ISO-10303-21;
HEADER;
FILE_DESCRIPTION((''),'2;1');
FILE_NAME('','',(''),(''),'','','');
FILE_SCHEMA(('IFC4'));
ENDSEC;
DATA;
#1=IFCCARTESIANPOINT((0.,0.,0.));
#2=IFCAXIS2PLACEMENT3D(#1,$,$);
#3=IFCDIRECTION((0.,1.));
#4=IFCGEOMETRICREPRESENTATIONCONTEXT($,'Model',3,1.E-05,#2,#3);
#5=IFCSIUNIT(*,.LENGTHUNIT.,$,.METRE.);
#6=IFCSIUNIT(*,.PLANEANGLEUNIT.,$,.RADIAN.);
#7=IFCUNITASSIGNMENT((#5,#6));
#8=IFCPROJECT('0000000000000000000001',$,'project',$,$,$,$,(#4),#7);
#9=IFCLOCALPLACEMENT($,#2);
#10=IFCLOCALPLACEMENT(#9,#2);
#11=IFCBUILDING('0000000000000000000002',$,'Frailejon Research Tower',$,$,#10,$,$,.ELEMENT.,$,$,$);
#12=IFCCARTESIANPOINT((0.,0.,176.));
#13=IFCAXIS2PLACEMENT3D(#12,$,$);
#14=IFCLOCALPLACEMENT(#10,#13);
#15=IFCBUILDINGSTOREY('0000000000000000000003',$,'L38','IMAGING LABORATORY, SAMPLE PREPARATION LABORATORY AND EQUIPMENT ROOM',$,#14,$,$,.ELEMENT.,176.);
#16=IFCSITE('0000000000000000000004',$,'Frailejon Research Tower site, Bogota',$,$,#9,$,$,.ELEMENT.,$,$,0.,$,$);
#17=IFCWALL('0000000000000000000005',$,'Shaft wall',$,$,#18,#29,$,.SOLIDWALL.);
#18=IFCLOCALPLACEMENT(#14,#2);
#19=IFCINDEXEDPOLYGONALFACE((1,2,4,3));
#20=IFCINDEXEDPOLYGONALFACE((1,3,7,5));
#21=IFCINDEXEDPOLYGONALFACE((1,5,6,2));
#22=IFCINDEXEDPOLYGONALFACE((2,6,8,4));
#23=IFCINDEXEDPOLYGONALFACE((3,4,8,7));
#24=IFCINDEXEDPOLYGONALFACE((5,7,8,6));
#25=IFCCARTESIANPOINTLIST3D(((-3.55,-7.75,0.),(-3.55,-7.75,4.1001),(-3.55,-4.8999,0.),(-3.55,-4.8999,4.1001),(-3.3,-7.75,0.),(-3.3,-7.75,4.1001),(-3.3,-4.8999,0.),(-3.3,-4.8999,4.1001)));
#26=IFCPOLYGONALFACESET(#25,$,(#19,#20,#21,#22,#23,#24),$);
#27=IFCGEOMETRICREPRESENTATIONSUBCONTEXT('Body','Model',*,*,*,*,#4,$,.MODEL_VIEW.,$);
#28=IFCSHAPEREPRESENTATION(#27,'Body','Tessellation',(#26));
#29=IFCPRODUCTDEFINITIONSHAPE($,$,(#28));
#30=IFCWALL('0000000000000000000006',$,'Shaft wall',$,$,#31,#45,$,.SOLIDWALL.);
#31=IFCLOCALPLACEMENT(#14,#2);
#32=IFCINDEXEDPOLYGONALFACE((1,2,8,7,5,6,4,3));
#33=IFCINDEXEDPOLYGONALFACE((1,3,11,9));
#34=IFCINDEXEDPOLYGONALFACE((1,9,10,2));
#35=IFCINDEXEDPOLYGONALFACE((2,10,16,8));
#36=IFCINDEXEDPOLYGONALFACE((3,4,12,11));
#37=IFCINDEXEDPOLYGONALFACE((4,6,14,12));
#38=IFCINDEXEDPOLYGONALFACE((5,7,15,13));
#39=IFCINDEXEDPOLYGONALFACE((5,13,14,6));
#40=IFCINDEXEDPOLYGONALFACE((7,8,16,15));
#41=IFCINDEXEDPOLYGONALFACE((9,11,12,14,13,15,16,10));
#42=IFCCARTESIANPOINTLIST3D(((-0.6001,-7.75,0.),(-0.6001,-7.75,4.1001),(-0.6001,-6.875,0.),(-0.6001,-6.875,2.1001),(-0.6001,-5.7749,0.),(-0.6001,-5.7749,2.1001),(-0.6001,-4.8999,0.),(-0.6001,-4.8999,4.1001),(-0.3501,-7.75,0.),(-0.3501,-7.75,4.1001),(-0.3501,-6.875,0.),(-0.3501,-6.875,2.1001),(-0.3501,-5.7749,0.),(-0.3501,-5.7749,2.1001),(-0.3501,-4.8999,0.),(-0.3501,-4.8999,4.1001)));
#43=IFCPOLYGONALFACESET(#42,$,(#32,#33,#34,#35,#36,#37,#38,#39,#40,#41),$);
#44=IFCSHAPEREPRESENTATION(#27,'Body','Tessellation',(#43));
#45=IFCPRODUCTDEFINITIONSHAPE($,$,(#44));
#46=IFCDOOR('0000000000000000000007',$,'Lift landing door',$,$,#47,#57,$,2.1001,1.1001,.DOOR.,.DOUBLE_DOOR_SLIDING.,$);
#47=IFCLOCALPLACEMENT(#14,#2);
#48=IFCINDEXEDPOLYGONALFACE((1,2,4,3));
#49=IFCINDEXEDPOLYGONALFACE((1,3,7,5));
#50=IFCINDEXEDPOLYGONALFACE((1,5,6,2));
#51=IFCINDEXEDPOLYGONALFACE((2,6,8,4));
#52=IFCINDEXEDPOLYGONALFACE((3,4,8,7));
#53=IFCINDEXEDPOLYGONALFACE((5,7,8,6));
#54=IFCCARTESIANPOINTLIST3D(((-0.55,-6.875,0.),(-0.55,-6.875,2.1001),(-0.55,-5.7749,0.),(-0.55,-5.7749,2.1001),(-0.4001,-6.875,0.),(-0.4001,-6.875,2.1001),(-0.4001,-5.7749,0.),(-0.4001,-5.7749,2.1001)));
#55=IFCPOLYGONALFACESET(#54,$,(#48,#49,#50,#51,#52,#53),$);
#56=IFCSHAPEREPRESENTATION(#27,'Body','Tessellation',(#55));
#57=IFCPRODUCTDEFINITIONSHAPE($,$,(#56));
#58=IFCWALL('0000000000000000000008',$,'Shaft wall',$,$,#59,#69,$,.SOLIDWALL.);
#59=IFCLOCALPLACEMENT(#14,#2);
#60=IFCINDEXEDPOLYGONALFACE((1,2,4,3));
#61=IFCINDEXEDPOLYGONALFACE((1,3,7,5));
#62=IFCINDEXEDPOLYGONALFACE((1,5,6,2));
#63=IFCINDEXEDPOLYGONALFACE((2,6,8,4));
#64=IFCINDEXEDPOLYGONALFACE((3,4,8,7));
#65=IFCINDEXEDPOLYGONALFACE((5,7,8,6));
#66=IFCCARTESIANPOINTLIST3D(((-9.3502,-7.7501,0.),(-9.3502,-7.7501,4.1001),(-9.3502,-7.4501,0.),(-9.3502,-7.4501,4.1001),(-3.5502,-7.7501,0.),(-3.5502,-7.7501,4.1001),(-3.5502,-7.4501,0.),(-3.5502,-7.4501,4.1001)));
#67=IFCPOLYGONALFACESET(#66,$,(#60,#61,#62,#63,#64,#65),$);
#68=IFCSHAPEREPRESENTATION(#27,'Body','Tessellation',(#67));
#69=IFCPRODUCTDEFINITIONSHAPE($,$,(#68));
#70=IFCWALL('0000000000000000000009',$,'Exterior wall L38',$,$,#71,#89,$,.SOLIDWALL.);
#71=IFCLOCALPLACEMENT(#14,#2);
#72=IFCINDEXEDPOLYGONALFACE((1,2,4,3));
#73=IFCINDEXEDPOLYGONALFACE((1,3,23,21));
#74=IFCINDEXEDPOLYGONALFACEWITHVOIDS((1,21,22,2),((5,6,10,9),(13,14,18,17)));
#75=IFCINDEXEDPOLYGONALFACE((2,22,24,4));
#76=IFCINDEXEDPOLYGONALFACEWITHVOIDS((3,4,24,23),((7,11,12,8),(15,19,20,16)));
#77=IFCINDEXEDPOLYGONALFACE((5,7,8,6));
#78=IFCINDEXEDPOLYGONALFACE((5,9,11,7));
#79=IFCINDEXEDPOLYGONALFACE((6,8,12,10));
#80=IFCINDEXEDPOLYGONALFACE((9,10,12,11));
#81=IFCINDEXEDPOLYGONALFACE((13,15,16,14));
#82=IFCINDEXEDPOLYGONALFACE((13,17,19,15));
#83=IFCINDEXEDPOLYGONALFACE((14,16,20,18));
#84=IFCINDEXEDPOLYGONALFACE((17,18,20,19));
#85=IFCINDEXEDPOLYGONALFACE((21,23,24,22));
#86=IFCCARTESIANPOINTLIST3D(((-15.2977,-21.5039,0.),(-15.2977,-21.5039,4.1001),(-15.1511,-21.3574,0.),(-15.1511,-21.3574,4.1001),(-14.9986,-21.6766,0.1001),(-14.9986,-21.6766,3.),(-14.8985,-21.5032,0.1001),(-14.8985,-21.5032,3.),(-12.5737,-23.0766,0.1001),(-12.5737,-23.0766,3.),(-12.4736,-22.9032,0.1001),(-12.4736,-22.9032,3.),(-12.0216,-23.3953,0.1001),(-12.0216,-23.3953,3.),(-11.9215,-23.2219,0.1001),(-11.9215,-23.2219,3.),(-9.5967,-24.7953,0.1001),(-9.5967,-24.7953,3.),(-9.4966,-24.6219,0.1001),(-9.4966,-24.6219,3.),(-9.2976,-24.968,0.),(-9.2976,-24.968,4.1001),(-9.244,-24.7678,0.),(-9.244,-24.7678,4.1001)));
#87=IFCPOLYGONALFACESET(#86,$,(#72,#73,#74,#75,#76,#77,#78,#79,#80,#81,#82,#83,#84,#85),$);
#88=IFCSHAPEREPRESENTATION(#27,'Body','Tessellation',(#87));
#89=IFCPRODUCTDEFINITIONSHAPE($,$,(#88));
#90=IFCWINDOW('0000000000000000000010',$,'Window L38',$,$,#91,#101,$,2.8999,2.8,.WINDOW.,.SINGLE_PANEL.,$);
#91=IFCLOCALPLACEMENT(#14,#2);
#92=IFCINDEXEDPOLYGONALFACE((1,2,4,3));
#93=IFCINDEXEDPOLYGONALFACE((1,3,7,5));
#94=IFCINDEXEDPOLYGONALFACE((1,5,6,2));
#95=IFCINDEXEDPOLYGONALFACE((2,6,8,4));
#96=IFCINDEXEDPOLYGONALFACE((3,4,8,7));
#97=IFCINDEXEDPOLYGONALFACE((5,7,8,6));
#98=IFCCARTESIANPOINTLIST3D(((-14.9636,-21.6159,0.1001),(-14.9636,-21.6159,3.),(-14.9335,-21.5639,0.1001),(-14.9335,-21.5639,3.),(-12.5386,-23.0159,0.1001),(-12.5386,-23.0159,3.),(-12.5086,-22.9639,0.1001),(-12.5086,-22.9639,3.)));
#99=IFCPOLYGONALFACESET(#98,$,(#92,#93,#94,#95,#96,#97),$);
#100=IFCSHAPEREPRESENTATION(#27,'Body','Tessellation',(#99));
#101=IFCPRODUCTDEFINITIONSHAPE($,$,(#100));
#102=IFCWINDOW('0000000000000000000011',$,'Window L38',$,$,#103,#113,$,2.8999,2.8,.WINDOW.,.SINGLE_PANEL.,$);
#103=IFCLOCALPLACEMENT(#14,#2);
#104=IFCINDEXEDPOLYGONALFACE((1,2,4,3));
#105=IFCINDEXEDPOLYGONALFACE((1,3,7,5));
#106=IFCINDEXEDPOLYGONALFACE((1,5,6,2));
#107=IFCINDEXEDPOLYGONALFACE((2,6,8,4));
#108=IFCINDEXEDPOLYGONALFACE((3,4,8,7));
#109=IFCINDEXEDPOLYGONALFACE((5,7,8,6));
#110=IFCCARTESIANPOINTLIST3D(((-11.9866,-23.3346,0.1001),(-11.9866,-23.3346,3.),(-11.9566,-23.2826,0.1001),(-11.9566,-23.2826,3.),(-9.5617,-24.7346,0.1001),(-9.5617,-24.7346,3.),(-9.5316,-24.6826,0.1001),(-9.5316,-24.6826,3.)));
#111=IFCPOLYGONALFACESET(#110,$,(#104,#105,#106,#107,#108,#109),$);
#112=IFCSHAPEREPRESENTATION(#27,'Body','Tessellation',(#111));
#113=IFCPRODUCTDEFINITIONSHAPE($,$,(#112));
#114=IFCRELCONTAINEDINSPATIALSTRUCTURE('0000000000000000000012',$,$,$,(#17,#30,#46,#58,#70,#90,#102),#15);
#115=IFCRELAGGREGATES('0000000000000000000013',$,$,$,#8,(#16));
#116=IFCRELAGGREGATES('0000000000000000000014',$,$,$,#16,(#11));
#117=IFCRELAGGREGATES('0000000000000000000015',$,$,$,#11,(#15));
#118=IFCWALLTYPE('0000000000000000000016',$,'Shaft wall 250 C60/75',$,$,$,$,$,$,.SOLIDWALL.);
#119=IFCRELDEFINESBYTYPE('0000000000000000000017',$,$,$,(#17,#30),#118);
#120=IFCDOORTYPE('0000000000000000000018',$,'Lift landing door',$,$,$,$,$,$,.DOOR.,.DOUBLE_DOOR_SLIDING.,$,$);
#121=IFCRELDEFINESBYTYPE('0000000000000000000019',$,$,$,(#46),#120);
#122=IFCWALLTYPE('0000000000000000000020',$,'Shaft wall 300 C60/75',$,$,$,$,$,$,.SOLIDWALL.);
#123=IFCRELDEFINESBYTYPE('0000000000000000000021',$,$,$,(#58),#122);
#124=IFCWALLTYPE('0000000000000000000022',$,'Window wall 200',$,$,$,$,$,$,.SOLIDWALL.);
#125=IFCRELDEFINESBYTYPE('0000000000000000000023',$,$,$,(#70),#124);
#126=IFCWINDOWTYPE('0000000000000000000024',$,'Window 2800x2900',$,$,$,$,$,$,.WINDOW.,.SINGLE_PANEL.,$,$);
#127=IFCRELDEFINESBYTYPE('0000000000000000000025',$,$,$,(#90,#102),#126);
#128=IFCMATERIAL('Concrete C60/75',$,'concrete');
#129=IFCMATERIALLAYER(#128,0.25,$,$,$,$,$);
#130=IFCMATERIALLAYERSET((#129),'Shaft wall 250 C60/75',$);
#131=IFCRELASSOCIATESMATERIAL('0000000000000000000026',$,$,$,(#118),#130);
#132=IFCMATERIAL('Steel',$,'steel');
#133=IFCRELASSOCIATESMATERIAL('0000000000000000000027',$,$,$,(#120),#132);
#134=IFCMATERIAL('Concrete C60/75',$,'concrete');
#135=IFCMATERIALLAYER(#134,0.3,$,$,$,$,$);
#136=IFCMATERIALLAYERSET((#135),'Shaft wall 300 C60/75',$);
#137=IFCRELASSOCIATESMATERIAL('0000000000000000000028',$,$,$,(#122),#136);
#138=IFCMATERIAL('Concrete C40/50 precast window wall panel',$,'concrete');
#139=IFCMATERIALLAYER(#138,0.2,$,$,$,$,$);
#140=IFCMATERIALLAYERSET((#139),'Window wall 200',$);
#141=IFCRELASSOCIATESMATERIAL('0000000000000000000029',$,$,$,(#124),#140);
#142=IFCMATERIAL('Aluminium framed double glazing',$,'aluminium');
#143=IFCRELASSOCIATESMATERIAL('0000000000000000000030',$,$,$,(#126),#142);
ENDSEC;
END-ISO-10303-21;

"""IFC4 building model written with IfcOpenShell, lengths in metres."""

from ifc_helpers import new_model, si_unit, direction, frame, frame_2d, origin, place, context, subcontext, project, spatial, polyline, rectangle, outline, extrude, material, layer, layer_set, type_object, element, fill, save


model = new_model("IFC4")

# Units and contexts
model_context = context("Model", 3, precision=1e-05, world=origin(), true_north=direction((0.0, 1.0)))
body_context = subcontext(model_context, "Body", "Model", "MODEL_VIEW")
ifc_project = project(units=[si_unit("LENGTHUNIT", "METRE"), si_unit("PLANEANGLEUNIT", "RADIAN")], contexts=[model_context])

# Site, building, storey
site_placement = place(None, origin())
site = spatial("IfcSite", under=ifc_project, at=site_placement, Name="Frailejon Research Tower site, Bogota", CompositionType="ELEMENT", RefElevation=0.0)
building_placement = place(site_placement, origin())
building = spatial("IfcBuilding", under=site, at=building_placement, Name="Frailejon Research Tower", CompositionType="ELEMENT")
storey_placement = place(building_placement, frame((0.0, 0.0, 176.0)))
storey = spatial("IfcBuildingStorey", under=building, at=storey_placement, Name="L38", Description="IMAGING LABORATORY, SAMPLE PREPARATION LABORATORY AND EQUIPMENT ROOM", CompositionType="ELEMENT", Elevation=176.0)

# Wall
ifc_material_1 = material(Name="Concrete C60/75", Category="concrete")
ifc_layer_1 = layer(ifc_material_1, 0.25)
ifc_layer_set_1 = layer_set([ifc_layer_1], Name="Shaft wall 250 C60/75")
wall_type_1 = type_object("IfcWallType", Name="Shaft wall 250 C60/75", PredefinedType="SOLIDWALL", material=ifc_layer_set_1)
wall_1_placement = place(storey_placement, frame((-3.425, -7.75, 0.0), z_axis=(0.0, 0.0, 1.0), x_axis=(0.0, 1.0, 0.0)))
element("IfcWall", 1, at=wall_1_placement, inside=storey, type_object=wall_type_1, Name="Shaft wall", PredefinedType="SOLIDWALL", context=body_context, shape_type="SweptSolid", body=[
    extrude(rectangle(XDim=2.8501, YDim=0.25, at=frame_2d((1.425, 0.0))), origin(), (0.0, 0.0, 1.0), 4.1001),
])

# Wall, opening, door
wall_2_placement = place(storey_placement, frame((-0.4751, -7.75, 0.0), z_axis=(0.0, 0.0, 1.0), x_axis=(0.0, 1.0, 0.0)))
wall_2 = element("IfcWall", 2, at=wall_2_placement, inside=storey, type_object=wall_type_1, Name="Shaft wall", PredefinedType="SOLIDWALL", context=body_context, shape_type="SweptSolid", body=[
    extrude(rectangle(XDim=2.8501, YDim=0.25, at=frame_2d((1.425, 0.0))), origin(), (0.0, 0.0, 1.0), 4.1001),
])
opening_1_placement = place(wall_2_placement, frame((0.875, 0.0, 0.0)))
opening_1 = element("IfcOpeningElement", 3, at=opening_1_placement, cuts=wall_2, PredefinedType="OPENING", context=body_context, shape_type="SweptSolid", body=[
    extrude(rectangle(XDim=1.1001, YDim=2.1001, at=frame_2d((0.55, 1.05))), frame((0.0, 0.135, 0.0), z_axis=(0.0, -1.0, 0.0), x_axis=(1.0, 0.0, 0.0)), (0.0, 0.0, 1.0), 0.27),
])
ifc_material_2 = material(Name="Steel", Category="steel")
door_type_1 = type_object("IfcDoorType", Name="Lift landing door", OperationType="DOUBLE_DOOR_SLIDING", PredefinedType="DOOR", material=ifc_material_2)
door_1_placement = place(opening_1_placement, origin())
door_1 = element("IfcDoor", 4, at=door_1_placement, inside=storey, type_object=door_type_1, Name="Lift landing door", OperationType="DOUBLE_DOOR_SLIDING", OverallHeight=2.1001, OverallWidth=1.1001, PredefinedType="DOOR", context=body_context, shape_type="SweptSolid", body=[
    extrude(rectangle(XDim=1.1001, YDim=2.1001, at=frame_2d((0.55, 1.05))), frame((0.0, 0.075, 0.0), z_axis=(0.0, -1.0, 0.0), x_axis=(1.0, 0.0, 0.0)), (0.0, 0.0, 1.0), 0.1499),
])
fill(opening_1, door_1)

# Wall
ifc_material_3 = material(Name="Concrete C60/75", Category="concrete")
ifc_layer_2 = layer(ifc_material_3, 0.3)
ifc_layer_set_2 = layer_set([ifc_layer_2], Name="Shaft wall 300 C60/75")
wall_type_2 = type_object("IfcWallType", Name="Shaft wall 300 C60/75", PredefinedType="SOLIDWALL", material=ifc_layer_set_2)
wall_3_placement = place(storey_placement, frame((-9.3501, -7.6001, 0.0), z_axis=(0.0, 0.0, 1.0), x_axis=(1.0, 0.0, 0.0)))
element("IfcWall", 5, at=wall_3_placement, inside=storey, type_object=wall_type_2, Name="Shaft wall", PredefinedType="SOLIDWALL", context=body_context, shape_type="SweptSolid", body=[
    extrude(rectangle(XDim=5.8, YDim=0.3, at=frame_2d((2.8999, 0.0))), origin(), (0.0, 0.0, 1.0), 4.1001),
])

# Wall, openings, windows
ifc_material_4 = material(Name="Concrete C40/50 precast window wall panel", Category="concrete")
ifc_layer_3 = layer(ifc_material_4, 0.2)
ifc_layer_set_3 = layer_set([ifc_layer_3], Name="Window wall 200")
wall_type_3 = type_object("IfcWallType", Name="Window wall 200", PredefinedType="SOLIDWALL", material=ifc_layer_set_3)
wall_4_placement = place(storey_placement, frame((-15.2244, -21.4307, 0.0), z_axis=(0.0, 0.0, 1.0), x_axis=(0.866029, -0.499993, 0.0)))
wall_4 = element("IfcWall", 6, at=wall_4_placement, inside=storey, type_object=wall_type_3, Name="Exterior wall L38", PredefinedType="SOLIDWALL", context=body_context, shape_type="SweptSolid", body=[
    extrude(outline(polyline([(-0.0269, -0.1001), (1.1279, -0.1001), (2.2825, -0.1001), (3.4373, -0.1001), (4.592, -0.1001), (5.7466, -0.1001), (6.9014, -0.1001), (6.8477, 0.1001), (5.7109, 0.1001), (4.574, 0.1001), (3.4373, 0.1001), (2.3005, 0.1001), (1.1636, 0.1001), (0.0269, 0.1001), (-0.0269, -0.1001)])), origin(), (0.0, 0.0, 1.0), 4.1001),
])
opening_2_placement = place(wall_4_placement, frame((0.3186, 0.0, 0.1001)))
opening_2 = element("IfcOpeningElement", 7, at=opening_2_placement, cuts=wall_4, PredefinedType="OPENING", context=body_context, shape_type="SweptSolid", body=[
    extrude(rectangle(XDim=2.8, YDim=2.8999, at=frame_2d((1.3999, 1.45))), frame((0.0, 0.1099, 0.0), z_axis=(0.0, -1.0, 0.0), x_axis=(1.0, 0.0, 0.0)), (0.0, 0.0, 1.0), 0.22),
])
opening_3_placement = place(wall_4_placement, frame((3.7561, 0.0, 0.1001)))
opening_3 = element("IfcOpeningElement", 8, at=opening_3_placement, cuts=wall_4, PredefinedType="OPENING", context=body_context, shape_type="SweptSolid", body=[
    extrude(rectangle(XDim=2.8, YDim=2.8999, at=frame_2d((1.3999, 1.45))), frame((0.0, 0.1099, 0.0), z_axis=(0.0, -1.0, 0.0), x_axis=(1.0, 0.0, 0.0)), (0.0, 0.0, 1.0), 0.22),
])
ifc_material_5 = material(Name="Aluminium framed double glazing", Category="aluminium")
window_type = type_object("IfcWindowType", Name="Window 2800x2900", PartitioningType="SINGLE_PANEL", PredefinedType="WINDOW", material=ifc_material_5)
window_1_placement = place(opening_2_placement, origin())
window_1 = element("IfcWindow", 9, at=window_1_placement, inside=storey, type_object=window_type, Name="Window L38", OverallHeight=2.8999, OverallWidth=2.8, PartitioningType="SINGLE_PANEL", PredefinedType="WINDOW", context=body_context, shape_type="SweptSolid", body=[
    extrude(rectangle(XDim=2.8, YDim=2.8999, at=frame_2d((1.3999, 1.45))), frame((0.0, 0.03, 0.0), z_axis=(0.0, -1.0, 0.0), x_axis=(1.0, 0.0, 0.0)), (0.0, 0.0, 1.0), 0.0601),
])
fill(opening_2, window_1)
window_2_placement = place(opening_3_placement, origin())
window_2 = element("IfcWindow", 10, at=window_2_placement, inside=storey, type_object=window_type, Name="Window L38", OverallHeight=2.8999, OverallWidth=2.8, PartitioningType="SINGLE_PANEL", PredefinedType="WINDOW", context=body_context, shape_type="SweptSolid", body=[
    extrude(rectangle(XDim=2.8, YDim=2.8999, at=frame_2d((1.3999, 1.45))), frame((0.0, 0.03, 0.0), z_axis=(0.0, -1.0, 0.0), x_axis=(1.0, 0.0, 0.0)), (0.0, 0.0, 1.0), 0.0601),
])
fill(opening_3, window_2)

save(model, "model.ifc")
